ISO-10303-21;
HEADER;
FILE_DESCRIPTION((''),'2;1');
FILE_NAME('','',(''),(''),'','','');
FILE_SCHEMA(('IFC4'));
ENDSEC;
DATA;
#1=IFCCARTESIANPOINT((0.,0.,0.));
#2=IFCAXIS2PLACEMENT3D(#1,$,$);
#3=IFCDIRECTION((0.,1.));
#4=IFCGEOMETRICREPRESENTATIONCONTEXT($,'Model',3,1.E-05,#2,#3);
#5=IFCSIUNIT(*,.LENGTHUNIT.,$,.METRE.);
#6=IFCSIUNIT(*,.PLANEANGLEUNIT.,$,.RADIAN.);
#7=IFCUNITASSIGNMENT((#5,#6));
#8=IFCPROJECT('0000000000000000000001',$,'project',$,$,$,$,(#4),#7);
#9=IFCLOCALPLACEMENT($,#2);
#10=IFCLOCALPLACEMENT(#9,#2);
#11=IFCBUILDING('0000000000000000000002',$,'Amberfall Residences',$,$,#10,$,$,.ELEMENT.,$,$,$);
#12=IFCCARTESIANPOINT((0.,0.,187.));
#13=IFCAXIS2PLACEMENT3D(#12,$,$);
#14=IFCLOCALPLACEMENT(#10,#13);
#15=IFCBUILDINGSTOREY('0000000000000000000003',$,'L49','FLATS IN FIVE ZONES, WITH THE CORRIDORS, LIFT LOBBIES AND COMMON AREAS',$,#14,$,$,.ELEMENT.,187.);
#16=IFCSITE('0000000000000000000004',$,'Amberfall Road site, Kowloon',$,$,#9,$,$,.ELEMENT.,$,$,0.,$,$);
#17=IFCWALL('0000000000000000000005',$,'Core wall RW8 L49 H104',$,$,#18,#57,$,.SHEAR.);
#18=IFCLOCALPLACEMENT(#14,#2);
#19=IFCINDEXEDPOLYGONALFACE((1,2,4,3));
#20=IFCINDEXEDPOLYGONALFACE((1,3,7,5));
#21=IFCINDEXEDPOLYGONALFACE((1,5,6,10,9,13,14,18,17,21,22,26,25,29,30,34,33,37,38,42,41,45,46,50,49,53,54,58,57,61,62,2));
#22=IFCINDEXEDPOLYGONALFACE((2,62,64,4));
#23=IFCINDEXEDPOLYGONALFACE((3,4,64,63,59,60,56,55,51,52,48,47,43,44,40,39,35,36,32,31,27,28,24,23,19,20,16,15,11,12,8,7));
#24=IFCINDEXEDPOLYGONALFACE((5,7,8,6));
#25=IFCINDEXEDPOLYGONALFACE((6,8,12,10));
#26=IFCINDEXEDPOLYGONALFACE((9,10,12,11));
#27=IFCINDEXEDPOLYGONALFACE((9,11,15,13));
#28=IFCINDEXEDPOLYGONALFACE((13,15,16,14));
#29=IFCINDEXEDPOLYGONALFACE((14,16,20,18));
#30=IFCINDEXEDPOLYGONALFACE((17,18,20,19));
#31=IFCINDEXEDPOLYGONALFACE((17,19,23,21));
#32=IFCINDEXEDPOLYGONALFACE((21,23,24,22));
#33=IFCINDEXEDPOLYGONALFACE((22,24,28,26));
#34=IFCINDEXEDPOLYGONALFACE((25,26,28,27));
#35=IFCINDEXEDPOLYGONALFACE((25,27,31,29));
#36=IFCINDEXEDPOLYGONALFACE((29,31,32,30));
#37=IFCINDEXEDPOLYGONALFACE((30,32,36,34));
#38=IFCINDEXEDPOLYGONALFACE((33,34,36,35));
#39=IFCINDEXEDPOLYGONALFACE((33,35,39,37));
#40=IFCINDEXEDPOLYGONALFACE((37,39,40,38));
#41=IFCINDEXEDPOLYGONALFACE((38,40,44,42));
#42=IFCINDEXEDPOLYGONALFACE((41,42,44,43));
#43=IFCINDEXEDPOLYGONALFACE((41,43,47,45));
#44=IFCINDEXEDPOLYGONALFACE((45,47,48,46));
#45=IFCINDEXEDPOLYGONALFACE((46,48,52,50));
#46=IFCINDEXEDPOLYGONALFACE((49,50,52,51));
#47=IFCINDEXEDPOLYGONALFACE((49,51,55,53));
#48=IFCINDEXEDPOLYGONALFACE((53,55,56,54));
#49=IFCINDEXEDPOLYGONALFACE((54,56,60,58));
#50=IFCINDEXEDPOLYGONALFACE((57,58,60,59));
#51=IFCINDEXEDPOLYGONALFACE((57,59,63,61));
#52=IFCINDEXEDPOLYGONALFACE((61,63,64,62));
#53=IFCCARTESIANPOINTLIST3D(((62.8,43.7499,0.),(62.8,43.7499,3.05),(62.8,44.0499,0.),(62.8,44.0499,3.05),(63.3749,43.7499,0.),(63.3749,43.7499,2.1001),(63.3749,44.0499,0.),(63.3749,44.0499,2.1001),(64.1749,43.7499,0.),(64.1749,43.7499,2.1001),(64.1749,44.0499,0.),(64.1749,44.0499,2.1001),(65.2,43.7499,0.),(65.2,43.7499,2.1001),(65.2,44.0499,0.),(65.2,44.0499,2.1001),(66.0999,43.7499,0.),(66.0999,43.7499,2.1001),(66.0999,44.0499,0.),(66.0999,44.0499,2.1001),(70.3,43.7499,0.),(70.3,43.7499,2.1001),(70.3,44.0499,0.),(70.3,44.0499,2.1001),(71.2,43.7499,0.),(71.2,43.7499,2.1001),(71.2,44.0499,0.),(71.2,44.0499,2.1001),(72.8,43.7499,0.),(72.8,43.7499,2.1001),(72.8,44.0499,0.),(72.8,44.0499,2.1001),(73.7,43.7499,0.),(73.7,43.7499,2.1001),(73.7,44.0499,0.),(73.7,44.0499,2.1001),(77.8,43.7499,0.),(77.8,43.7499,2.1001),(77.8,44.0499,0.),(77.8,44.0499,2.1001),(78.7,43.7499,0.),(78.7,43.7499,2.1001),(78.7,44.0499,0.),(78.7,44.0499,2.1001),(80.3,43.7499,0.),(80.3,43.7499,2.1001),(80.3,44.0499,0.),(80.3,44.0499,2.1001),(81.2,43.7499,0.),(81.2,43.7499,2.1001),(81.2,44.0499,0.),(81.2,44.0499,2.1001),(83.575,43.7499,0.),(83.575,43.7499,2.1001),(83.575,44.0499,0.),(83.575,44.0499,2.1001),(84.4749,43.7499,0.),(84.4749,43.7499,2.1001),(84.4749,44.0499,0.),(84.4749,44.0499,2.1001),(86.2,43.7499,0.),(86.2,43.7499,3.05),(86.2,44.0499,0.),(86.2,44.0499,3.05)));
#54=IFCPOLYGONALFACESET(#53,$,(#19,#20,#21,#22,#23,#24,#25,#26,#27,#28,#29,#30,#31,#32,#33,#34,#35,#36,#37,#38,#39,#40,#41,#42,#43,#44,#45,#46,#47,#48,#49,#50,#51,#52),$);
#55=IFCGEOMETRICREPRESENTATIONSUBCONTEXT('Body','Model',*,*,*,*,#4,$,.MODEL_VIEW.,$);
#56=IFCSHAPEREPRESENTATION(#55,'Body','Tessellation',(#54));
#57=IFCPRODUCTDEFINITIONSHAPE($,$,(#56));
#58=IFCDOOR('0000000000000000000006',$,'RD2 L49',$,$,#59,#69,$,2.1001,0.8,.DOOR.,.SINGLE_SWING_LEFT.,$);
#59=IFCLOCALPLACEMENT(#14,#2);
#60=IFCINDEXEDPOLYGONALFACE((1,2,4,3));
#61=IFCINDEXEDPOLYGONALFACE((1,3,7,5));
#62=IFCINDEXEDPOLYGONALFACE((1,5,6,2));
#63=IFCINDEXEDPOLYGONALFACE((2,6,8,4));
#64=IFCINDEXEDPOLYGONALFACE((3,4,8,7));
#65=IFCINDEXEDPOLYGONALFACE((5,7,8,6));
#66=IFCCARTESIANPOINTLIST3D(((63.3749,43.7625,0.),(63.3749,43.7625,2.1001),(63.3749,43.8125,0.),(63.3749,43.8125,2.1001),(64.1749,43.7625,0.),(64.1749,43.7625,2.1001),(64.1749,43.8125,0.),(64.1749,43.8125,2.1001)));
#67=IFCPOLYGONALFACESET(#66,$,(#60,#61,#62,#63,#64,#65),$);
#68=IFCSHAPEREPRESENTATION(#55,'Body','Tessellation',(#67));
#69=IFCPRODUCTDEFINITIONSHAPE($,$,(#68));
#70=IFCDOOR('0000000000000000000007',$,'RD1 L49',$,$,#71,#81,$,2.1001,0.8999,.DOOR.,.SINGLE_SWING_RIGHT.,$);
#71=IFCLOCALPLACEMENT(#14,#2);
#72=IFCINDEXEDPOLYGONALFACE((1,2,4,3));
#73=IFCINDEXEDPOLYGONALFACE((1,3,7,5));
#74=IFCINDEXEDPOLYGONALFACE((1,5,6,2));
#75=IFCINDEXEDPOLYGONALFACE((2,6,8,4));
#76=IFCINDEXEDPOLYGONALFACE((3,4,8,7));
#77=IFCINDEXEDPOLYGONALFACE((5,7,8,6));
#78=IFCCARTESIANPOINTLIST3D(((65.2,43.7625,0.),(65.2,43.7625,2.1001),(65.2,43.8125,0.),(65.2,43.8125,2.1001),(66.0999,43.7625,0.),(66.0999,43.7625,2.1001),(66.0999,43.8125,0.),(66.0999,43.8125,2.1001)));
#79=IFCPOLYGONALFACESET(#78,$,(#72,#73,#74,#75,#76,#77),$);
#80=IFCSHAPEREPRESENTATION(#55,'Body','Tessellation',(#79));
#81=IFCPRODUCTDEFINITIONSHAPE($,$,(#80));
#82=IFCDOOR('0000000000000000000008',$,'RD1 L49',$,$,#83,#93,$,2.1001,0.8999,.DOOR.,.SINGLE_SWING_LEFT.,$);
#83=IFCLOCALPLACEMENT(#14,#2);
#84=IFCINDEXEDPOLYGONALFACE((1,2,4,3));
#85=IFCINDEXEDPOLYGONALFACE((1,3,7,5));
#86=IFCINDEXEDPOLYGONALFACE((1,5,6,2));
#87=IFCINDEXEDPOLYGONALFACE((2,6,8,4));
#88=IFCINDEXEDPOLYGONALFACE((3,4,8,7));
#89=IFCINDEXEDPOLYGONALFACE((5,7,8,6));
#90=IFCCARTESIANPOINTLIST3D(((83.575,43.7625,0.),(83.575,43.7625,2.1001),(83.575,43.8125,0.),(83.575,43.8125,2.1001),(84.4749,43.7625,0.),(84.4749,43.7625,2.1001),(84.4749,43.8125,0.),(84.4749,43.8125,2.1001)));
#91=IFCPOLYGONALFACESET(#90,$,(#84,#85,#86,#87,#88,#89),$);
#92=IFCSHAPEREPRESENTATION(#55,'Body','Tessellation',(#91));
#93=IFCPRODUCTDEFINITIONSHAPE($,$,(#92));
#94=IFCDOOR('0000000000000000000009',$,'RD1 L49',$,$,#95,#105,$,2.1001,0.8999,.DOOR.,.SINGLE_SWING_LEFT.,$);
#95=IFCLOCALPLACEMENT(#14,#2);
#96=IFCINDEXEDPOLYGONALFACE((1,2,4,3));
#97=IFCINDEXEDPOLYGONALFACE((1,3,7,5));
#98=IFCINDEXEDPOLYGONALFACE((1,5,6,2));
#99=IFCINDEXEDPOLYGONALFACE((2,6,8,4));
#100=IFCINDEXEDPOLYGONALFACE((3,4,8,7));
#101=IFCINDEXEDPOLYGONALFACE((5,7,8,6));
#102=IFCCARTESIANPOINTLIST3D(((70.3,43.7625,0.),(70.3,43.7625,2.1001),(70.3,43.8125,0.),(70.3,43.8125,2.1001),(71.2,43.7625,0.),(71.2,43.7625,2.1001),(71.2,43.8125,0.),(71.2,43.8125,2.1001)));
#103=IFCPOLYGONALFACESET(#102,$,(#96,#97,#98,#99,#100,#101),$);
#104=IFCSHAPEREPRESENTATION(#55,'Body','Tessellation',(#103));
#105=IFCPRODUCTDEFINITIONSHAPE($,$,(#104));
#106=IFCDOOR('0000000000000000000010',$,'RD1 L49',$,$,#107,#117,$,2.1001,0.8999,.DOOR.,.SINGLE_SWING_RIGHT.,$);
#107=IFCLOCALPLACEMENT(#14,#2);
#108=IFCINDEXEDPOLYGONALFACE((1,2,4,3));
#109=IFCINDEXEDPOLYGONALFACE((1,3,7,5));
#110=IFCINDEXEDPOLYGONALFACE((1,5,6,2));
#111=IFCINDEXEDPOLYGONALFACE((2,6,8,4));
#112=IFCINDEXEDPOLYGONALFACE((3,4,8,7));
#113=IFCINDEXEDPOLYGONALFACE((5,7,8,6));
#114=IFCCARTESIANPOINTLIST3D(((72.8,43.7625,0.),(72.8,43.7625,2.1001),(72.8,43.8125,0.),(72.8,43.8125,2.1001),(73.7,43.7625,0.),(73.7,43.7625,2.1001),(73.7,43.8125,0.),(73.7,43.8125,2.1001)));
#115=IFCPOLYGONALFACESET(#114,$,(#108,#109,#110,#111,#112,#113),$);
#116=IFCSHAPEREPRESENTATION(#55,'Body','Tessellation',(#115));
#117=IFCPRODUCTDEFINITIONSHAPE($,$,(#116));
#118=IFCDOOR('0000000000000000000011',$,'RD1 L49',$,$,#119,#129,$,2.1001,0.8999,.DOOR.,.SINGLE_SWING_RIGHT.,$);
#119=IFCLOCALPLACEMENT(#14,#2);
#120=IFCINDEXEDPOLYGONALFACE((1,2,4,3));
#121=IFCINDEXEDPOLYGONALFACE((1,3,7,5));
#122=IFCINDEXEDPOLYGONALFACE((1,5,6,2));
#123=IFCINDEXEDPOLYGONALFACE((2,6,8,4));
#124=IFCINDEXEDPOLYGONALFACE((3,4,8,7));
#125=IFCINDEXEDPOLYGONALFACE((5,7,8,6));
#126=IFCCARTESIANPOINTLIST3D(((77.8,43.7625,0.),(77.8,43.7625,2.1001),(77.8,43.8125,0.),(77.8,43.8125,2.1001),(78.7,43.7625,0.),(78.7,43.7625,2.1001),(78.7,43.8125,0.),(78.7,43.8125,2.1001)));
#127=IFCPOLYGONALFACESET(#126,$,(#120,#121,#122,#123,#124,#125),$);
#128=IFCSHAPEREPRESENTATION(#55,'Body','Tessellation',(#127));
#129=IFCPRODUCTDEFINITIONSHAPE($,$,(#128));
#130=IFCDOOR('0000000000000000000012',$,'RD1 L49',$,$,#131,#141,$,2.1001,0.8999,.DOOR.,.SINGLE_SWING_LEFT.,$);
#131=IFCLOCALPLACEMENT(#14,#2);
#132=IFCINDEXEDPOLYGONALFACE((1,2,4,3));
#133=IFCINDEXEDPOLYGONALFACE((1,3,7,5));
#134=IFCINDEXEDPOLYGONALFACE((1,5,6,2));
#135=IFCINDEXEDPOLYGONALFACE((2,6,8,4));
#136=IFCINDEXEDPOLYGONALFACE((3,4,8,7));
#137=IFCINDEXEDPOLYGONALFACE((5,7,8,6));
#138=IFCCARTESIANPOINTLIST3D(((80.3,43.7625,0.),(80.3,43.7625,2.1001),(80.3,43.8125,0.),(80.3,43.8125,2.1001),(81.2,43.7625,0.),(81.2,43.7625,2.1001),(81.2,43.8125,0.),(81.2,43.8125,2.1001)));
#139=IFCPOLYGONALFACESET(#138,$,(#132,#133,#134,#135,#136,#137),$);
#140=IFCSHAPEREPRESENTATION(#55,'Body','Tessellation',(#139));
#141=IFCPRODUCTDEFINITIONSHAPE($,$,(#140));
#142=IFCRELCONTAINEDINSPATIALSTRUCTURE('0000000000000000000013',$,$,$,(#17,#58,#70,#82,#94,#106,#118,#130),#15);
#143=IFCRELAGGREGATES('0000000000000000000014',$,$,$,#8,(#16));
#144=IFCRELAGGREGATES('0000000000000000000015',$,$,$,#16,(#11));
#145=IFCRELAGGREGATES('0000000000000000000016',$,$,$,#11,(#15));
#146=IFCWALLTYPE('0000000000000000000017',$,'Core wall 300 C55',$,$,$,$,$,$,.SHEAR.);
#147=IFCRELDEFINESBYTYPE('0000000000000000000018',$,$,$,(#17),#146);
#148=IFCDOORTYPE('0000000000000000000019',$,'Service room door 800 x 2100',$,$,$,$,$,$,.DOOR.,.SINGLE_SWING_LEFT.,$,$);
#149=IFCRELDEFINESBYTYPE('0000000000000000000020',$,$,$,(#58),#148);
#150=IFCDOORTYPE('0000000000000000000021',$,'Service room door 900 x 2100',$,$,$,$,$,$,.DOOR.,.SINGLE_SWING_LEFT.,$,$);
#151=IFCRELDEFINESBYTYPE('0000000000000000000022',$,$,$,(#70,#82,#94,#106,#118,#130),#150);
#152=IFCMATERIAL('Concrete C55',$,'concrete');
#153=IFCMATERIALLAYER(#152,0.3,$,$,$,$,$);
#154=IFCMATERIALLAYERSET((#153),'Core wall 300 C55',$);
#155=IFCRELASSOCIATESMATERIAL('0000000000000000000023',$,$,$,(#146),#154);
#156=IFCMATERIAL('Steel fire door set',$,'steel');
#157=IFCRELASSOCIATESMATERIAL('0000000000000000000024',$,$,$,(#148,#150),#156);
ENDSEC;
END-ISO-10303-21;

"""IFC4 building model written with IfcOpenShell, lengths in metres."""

from ifc_helpers import new_model, si_unit, direction, frame, frame_2d, origin, place, context, subcontext, project, spatial, rectangle, extrude, material, layer, layer_set, type_object, element, fill, save


model = new_model("IFC4")

# Units and contexts
model_context = context("Model", 3, precision=1e-05, world=origin(), true_north=direction((0.0, 1.0)))
body_context = subcontext(model_context, "Body", "Model", "MODEL_VIEW")
ifc_project = project(units=[si_unit("LENGTHUNIT", "METRE"), si_unit("PLANEANGLEUNIT", "RADIAN")], contexts=[model_context])

# Site, building, storey
site_placement = place(None, origin())
site = spatial("IfcSite", under=ifc_project, at=site_placement, Name="Amberfall Road site, Kowloon", CompositionType="ELEMENT", RefElevation=0.0)
building_placement = place(site_placement, origin())
building = spatial("IfcBuilding", under=site, at=building_placement, Name="Amberfall Residences", CompositionType="ELEMENT")
storey_placement = place(building_placement, frame((0.0, 0.0, 187.0)))
storey = spatial("IfcBuildingStorey", under=building, at=storey_placement, Name="L49", Description="FLATS IN FIVE ZONES, WITH THE CORRIDORS, LIFT LOBBIES AND COMMON AREAS", CompositionType="ELEMENT", Elevation=187.0)

# Wall, openings, doors
ifc_material_1 = material(Name="Concrete C55", Category="concrete")
ifc_layer = layer(ifc_material_1, 0.3)
ifc_layer_set = layer_set([ifc_layer], Name="Core wall 300 C55")
wall_type = type_object("IfcWallType", Name="Core wall 300 C55", PredefinedType="SHEAR", material=ifc_layer_set)
wall_1_placement = place(storey_placement, frame((62.8, 43.8999, 0.0), z_axis=(0.0, 0.0, 1.0), x_axis=(1.0, 0.0, 0.0)))
wall_1 = element("IfcWall", 1, at=wall_1_placement, inside=storey, type_object=wall_type, Name="Core wall RW8 L49 H104", PredefinedType="SHEAR", context=body_context, shape_type="SweptSolid", body=[
    extrude(rectangle(XDim=23.3999, YDim=0.3, at=frame_2d((11.7, 0.0))), origin(), (0.0, 0.0, 1.0), 3.05),
])
opening_1_placement = place(wall_1_placement, frame((0.575, 0.0, 0.0)))
opening_1 = element("IfcOpeningElement", 2, at=opening_1_placement, cuts=wall_1, PredefinedType="OPENING", context=body_context, shape_type="SweptSolid", body=[
    extrude(rectangle(XDim=0.8, YDim=2.1001, at=frame_2d((0.3999, 1.05))), frame((0.0, 0.1599, 0.0), z_axis=(0.0, -1.0, 0.0), x_axis=(1.0, 0.0, 0.0)), (0.0, 0.0, 1.0), 0.3201),
])
opening_2_placement = place(wall_1_placement, frame((2.3999, 0.0, 0.0)))
opening_2 = element("IfcOpeningElement", 3, at=opening_2_placement, cuts=wall_1, PredefinedType="OPENING", context=body_context, shape_type="SweptSolid", body=[
    extrude(rectangle(XDim=0.8999, YDim=2.1001, at=frame_2d((0.45, 1.05))), frame((0.0, 0.1599, 0.0), z_axis=(0.0, -1.0, 0.0), x_axis=(1.0, 0.0, 0.0)), (0.0, 0.0, 1.0), 0.3201),
])
opening_3_placement = place(wall_1_placement, frame((20.7749, 0.0, 0.0)))
opening_3 = element("IfcOpeningElement", 4, at=opening_3_placement, cuts=wall_1, PredefinedType="OPENING", context=body_context, shape_type="SweptSolid", body=[
    extrude(rectangle(XDim=0.8999, YDim=2.1001, at=frame_2d((0.45, 1.05))), frame((0.0, 0.1599, 0.0), z_axis=(0.0, -1.0, 0.0), x_axis=(1.0, 0.0, 0.0)), (0.0, 0.0, 1.0), 0.3201),
])
opening_4_placement = place(wall_1_placement, frame((7.5, 0.0, 0.0)))
opening_4 = element("IfcOpeningElement", 5, at=opening_4_placement, cuts=wall_1, PredefinedType="OPENING", context=body_context, shape_type="SweptSolid", body=[
    extrude(rectangle(XDim=0.8999, YDim=2.1001, at=frame_2d((0.45, 1.05))), frame((0.0, 0.1599, 0.0), z_axis=(0.0, -1.0, 0.0), x_axis=(1.0, 0.0, 0.0)), (0.0, 0.0, 1.0), 0.3201),
])
opening_5_placement = place(wall_1_placement, frame((10.0, 0.0, 0.0)))
opening_5 = element("IfcOpeningElement", 6, at=opening_5_placement, cuts=wall_1, PredefinedType="OPENING", context=body_context, shape_type="SweptSolid", body=[
    extrude(rectangle(XDim=0.8999, YDim=2.1001, at=frame_2d((0.45, 1.05))), frame((0.0, 0.1599, 0.0), z_axis=(0.0, -1.0, 0.0), x_axis=(1.0, 0.0, 0.0)), (0.0, 0.0, 1.0), 0.3201),
])
opening_6_placement = place(wall_1_placement, frame((15.0, 0.0, 0.0)))
opening_6 = element("IfcOpeningElement", 7, at=opening_6_placement, cuts=wall_1, PredefinedType="OPENING", context=body_context, shape_type="SweptSolid", body=[
    extrude(rectangle(XDim=0.8999, YDim=2.1001, at=frame_2d((0.45, 1.05))), frame((0.0, 0.1599, 0.0), z_axis=(0.0, -1.0, 0.0), x_axis=(1.0, 0.0, 0.0)), (0.0, 0.0, 1.0), 0.3201),
])
opening_7_placement = place(wall_1_placement, frame((17.5, 0.0, 0.0)))
opening_7 = element("IfcOpeningElement", 8, at=opening_7_placement, cuts=wall_1, PredefinedType="OPENING", context=body_context, shape_type="SweptSolid", body=[
    extrude(rectangle(XDim=0.8999, YDim=2.1001, at=frame_2d((0.45, 1.05))), frame((0.0, 0.1599, 0.0), z_axis=(0.0, -1.0, 0.0), x_axis=(1.0, 0.0, 0.0)), (0.0, 0.0, 1.0), 0.3201),
])
ifc_material_2 = material(Name="Steel fire door set", Category="steel")
door_type_1 = type_object("IfcDoorType", Name="Service room door 800 x 2100", OperationType="SINGLE_SWING_LEFT", PredefinedType="DOOR", material=ifc_material_2)
door_1_placement = place(opening_1_placement, origin())
door_1 = element("IfcDoor", 9, at=door_1_placement, inside=storey, type_object=door_type_1, Name="RD2 L49", OperationType="SINGLE_SWING_LEFT", OverallHeight=2.1001, OverallWidth=0.8, PredefinedType="DOOR", context=body_context, shape_type="SweptSolid", body=[
    extrude(rectangle(XDim=0.8, YDim=2.1001, at=frame_2d((0.3999, 1.05))), frame((0.0, -0.0874, 0.0), z_axis=(0.0, -1.0, 0.0), x_axis=(1.0, 0.0, 0.0)), (0.0, 0.0, 1.0), 0.05),
])
fill(opening_1, door_1)
door_type_2 = type_object("IfcDoorType", Name="Service room door 900 x 2100", OperationType="SINGLE_SWING_LEFT", PredefinedType="DOOR", material=ifc_material_2)
door_2_placement = place(opening_2_placement, origin())
door_2 = element("IfcDoor", 10, at=door_2_placement, inside=storey, type_object=door_type_2, Name="RD1 L49", OperationType="SINGLE_SWING_RIGHT", OverallHeight=2.1001, OverallWidth=0.8999, PredefinedType="DOOR", context=body_context, shape_type="SweptSolid", body=[
    extrude(rectangle(XDim=0.8999, YDim=2.1001, at=frame_2d((0.45, 1.05))), frame((0.0, -0.0874, 0.0), z_axis=(0.0, -1.0, 0.0), x_axis=(1.0, 0.0, 0.0)), (0.0, 0.0, 1.0), 0.05),
])
fill(opening_2, door_2)
door_3_placement = place(opening_3_placement, origin())
door_3 = element("IfcDoor", 11, at=door_3_placement, inside=storey, type_object=door_type_2, Name="RD1 L49", OperationType="SINGLE_SWING_LEFT", OverallHeight=2.1001, OverallWidth=0.8999, PredefinedType="DOOR", context=body_context, shape_type="SweptSolid", body=[
    extrude(rectangle(XDim=0.8999, YDim=2.1001, at=frame_2d((0.45, 1.05))), frame((0.0, -0.0874, 0.0), z_axis=(0.0, -1.0, 0.0), x_axis=(1.0, 0.0, 0.0)), (0.0, 0.0, 1.0), 0.05),
])
fill(opening_3, door_3)
door_4_placement = place(opening_4_placement, origin())
door_4 = element("IfcDoor", 12, at=door_4_placement, inside=storey, type_object=door_type_2, Name="RD1 L49", OperationType="SINGLE_SWING_LEFT", OverallHeight=2.1001, OverallWidth=0.8999, PredefinedType="DOOR", context=body_context, shape_type="SweptSolid", body=[
    extrude(rectangle(XDim=0.8999, YDim=2.1001, at=frame_2d((0.45, 1.05))), frame((0.0, -0.0874, 0.0), z_axis=(0.0, -1.0, 0.0), x_axis=(1.0, 0.0, 0.0)), (0.0, 0.0, 1.0), 0.05),
])
fill(opening_4, door_4)
door_5_placement = place(opening_5_placement, origin())
door_5 = element("IfcDoor", 13, at=door_5_placement, inside=storey, type_object=door_type_2, Name="RD1 L49", OperationType="SINGLE_SWING_RIGHT", OverallHeight=2.1001, OverallWidth=0.8999, PredefinedType="DOOR", context=body_context, shape_type="SweptSolid", body=[
    extrude(rectangle(XDim=0.8999, YDim=2.1001, at=frame_2d((0.45, 1.05))), frame((0.0, -0.0874, 0.0), z_axis=(0.0, -1.0, 0.0), x_axis=(1.0, 0.0, 0.0)), (0.0, 0.0, 1.0), 0.05),
])
fill(opening_5, door_5)
door_6_placement = place(opening_6_placement, origin())
door_6 = element("IfcDoor", 14, at=door_6_placement, inside=storey, type_object=door_type_2, Name="RD1 L49", OperationType="SINGLE_SWING_RIGHT", OverallHeight=2.1001, OverallWidth=0.8999, PredefinedType="DOOR", context=body_context, shape_type="SweptSolid", body=[
    extrude(rectangle(XDim=0.8999, YDim=2.1001, at=frame_2d((0.45, 1.05))), frame((0.0, -0.0874, 0.0), z_axis=(0.0, -1.0, 0.0), x_axis=(1.0, 0.0, 0.0)), (0.0, 0.0, 1.0), 0.05),
])
fill(opening_6, door_6)
door_7_placement = place(opening_7_placement, origin())
door_7 = element("IfcDoor", 15, at=door_7_placement, inside=storey, type_object=door_type_2, Name="RD1 L49", OperationType="SINGLE_SWING_LEFT", OverallHeight=2.1001, OverallWidth=0.8999, PredefinedType="DOOR", context=body_context, shape_type="SweptSolid", body=[
    extrude(rectangle(XDim=0.8999, YDim=2.1001, at=frame_2d((0.45, 1.05))), frame((0.0, -0.0874, 0.0), z_axis=(0.0, -1.0, 0.0), x_axis=(1.0, 0.0, 0.0)), (0.0, 0.0, 1.0), 0.05),
])
fill(opening_7, door_7)

save(model, "model.ifc")
